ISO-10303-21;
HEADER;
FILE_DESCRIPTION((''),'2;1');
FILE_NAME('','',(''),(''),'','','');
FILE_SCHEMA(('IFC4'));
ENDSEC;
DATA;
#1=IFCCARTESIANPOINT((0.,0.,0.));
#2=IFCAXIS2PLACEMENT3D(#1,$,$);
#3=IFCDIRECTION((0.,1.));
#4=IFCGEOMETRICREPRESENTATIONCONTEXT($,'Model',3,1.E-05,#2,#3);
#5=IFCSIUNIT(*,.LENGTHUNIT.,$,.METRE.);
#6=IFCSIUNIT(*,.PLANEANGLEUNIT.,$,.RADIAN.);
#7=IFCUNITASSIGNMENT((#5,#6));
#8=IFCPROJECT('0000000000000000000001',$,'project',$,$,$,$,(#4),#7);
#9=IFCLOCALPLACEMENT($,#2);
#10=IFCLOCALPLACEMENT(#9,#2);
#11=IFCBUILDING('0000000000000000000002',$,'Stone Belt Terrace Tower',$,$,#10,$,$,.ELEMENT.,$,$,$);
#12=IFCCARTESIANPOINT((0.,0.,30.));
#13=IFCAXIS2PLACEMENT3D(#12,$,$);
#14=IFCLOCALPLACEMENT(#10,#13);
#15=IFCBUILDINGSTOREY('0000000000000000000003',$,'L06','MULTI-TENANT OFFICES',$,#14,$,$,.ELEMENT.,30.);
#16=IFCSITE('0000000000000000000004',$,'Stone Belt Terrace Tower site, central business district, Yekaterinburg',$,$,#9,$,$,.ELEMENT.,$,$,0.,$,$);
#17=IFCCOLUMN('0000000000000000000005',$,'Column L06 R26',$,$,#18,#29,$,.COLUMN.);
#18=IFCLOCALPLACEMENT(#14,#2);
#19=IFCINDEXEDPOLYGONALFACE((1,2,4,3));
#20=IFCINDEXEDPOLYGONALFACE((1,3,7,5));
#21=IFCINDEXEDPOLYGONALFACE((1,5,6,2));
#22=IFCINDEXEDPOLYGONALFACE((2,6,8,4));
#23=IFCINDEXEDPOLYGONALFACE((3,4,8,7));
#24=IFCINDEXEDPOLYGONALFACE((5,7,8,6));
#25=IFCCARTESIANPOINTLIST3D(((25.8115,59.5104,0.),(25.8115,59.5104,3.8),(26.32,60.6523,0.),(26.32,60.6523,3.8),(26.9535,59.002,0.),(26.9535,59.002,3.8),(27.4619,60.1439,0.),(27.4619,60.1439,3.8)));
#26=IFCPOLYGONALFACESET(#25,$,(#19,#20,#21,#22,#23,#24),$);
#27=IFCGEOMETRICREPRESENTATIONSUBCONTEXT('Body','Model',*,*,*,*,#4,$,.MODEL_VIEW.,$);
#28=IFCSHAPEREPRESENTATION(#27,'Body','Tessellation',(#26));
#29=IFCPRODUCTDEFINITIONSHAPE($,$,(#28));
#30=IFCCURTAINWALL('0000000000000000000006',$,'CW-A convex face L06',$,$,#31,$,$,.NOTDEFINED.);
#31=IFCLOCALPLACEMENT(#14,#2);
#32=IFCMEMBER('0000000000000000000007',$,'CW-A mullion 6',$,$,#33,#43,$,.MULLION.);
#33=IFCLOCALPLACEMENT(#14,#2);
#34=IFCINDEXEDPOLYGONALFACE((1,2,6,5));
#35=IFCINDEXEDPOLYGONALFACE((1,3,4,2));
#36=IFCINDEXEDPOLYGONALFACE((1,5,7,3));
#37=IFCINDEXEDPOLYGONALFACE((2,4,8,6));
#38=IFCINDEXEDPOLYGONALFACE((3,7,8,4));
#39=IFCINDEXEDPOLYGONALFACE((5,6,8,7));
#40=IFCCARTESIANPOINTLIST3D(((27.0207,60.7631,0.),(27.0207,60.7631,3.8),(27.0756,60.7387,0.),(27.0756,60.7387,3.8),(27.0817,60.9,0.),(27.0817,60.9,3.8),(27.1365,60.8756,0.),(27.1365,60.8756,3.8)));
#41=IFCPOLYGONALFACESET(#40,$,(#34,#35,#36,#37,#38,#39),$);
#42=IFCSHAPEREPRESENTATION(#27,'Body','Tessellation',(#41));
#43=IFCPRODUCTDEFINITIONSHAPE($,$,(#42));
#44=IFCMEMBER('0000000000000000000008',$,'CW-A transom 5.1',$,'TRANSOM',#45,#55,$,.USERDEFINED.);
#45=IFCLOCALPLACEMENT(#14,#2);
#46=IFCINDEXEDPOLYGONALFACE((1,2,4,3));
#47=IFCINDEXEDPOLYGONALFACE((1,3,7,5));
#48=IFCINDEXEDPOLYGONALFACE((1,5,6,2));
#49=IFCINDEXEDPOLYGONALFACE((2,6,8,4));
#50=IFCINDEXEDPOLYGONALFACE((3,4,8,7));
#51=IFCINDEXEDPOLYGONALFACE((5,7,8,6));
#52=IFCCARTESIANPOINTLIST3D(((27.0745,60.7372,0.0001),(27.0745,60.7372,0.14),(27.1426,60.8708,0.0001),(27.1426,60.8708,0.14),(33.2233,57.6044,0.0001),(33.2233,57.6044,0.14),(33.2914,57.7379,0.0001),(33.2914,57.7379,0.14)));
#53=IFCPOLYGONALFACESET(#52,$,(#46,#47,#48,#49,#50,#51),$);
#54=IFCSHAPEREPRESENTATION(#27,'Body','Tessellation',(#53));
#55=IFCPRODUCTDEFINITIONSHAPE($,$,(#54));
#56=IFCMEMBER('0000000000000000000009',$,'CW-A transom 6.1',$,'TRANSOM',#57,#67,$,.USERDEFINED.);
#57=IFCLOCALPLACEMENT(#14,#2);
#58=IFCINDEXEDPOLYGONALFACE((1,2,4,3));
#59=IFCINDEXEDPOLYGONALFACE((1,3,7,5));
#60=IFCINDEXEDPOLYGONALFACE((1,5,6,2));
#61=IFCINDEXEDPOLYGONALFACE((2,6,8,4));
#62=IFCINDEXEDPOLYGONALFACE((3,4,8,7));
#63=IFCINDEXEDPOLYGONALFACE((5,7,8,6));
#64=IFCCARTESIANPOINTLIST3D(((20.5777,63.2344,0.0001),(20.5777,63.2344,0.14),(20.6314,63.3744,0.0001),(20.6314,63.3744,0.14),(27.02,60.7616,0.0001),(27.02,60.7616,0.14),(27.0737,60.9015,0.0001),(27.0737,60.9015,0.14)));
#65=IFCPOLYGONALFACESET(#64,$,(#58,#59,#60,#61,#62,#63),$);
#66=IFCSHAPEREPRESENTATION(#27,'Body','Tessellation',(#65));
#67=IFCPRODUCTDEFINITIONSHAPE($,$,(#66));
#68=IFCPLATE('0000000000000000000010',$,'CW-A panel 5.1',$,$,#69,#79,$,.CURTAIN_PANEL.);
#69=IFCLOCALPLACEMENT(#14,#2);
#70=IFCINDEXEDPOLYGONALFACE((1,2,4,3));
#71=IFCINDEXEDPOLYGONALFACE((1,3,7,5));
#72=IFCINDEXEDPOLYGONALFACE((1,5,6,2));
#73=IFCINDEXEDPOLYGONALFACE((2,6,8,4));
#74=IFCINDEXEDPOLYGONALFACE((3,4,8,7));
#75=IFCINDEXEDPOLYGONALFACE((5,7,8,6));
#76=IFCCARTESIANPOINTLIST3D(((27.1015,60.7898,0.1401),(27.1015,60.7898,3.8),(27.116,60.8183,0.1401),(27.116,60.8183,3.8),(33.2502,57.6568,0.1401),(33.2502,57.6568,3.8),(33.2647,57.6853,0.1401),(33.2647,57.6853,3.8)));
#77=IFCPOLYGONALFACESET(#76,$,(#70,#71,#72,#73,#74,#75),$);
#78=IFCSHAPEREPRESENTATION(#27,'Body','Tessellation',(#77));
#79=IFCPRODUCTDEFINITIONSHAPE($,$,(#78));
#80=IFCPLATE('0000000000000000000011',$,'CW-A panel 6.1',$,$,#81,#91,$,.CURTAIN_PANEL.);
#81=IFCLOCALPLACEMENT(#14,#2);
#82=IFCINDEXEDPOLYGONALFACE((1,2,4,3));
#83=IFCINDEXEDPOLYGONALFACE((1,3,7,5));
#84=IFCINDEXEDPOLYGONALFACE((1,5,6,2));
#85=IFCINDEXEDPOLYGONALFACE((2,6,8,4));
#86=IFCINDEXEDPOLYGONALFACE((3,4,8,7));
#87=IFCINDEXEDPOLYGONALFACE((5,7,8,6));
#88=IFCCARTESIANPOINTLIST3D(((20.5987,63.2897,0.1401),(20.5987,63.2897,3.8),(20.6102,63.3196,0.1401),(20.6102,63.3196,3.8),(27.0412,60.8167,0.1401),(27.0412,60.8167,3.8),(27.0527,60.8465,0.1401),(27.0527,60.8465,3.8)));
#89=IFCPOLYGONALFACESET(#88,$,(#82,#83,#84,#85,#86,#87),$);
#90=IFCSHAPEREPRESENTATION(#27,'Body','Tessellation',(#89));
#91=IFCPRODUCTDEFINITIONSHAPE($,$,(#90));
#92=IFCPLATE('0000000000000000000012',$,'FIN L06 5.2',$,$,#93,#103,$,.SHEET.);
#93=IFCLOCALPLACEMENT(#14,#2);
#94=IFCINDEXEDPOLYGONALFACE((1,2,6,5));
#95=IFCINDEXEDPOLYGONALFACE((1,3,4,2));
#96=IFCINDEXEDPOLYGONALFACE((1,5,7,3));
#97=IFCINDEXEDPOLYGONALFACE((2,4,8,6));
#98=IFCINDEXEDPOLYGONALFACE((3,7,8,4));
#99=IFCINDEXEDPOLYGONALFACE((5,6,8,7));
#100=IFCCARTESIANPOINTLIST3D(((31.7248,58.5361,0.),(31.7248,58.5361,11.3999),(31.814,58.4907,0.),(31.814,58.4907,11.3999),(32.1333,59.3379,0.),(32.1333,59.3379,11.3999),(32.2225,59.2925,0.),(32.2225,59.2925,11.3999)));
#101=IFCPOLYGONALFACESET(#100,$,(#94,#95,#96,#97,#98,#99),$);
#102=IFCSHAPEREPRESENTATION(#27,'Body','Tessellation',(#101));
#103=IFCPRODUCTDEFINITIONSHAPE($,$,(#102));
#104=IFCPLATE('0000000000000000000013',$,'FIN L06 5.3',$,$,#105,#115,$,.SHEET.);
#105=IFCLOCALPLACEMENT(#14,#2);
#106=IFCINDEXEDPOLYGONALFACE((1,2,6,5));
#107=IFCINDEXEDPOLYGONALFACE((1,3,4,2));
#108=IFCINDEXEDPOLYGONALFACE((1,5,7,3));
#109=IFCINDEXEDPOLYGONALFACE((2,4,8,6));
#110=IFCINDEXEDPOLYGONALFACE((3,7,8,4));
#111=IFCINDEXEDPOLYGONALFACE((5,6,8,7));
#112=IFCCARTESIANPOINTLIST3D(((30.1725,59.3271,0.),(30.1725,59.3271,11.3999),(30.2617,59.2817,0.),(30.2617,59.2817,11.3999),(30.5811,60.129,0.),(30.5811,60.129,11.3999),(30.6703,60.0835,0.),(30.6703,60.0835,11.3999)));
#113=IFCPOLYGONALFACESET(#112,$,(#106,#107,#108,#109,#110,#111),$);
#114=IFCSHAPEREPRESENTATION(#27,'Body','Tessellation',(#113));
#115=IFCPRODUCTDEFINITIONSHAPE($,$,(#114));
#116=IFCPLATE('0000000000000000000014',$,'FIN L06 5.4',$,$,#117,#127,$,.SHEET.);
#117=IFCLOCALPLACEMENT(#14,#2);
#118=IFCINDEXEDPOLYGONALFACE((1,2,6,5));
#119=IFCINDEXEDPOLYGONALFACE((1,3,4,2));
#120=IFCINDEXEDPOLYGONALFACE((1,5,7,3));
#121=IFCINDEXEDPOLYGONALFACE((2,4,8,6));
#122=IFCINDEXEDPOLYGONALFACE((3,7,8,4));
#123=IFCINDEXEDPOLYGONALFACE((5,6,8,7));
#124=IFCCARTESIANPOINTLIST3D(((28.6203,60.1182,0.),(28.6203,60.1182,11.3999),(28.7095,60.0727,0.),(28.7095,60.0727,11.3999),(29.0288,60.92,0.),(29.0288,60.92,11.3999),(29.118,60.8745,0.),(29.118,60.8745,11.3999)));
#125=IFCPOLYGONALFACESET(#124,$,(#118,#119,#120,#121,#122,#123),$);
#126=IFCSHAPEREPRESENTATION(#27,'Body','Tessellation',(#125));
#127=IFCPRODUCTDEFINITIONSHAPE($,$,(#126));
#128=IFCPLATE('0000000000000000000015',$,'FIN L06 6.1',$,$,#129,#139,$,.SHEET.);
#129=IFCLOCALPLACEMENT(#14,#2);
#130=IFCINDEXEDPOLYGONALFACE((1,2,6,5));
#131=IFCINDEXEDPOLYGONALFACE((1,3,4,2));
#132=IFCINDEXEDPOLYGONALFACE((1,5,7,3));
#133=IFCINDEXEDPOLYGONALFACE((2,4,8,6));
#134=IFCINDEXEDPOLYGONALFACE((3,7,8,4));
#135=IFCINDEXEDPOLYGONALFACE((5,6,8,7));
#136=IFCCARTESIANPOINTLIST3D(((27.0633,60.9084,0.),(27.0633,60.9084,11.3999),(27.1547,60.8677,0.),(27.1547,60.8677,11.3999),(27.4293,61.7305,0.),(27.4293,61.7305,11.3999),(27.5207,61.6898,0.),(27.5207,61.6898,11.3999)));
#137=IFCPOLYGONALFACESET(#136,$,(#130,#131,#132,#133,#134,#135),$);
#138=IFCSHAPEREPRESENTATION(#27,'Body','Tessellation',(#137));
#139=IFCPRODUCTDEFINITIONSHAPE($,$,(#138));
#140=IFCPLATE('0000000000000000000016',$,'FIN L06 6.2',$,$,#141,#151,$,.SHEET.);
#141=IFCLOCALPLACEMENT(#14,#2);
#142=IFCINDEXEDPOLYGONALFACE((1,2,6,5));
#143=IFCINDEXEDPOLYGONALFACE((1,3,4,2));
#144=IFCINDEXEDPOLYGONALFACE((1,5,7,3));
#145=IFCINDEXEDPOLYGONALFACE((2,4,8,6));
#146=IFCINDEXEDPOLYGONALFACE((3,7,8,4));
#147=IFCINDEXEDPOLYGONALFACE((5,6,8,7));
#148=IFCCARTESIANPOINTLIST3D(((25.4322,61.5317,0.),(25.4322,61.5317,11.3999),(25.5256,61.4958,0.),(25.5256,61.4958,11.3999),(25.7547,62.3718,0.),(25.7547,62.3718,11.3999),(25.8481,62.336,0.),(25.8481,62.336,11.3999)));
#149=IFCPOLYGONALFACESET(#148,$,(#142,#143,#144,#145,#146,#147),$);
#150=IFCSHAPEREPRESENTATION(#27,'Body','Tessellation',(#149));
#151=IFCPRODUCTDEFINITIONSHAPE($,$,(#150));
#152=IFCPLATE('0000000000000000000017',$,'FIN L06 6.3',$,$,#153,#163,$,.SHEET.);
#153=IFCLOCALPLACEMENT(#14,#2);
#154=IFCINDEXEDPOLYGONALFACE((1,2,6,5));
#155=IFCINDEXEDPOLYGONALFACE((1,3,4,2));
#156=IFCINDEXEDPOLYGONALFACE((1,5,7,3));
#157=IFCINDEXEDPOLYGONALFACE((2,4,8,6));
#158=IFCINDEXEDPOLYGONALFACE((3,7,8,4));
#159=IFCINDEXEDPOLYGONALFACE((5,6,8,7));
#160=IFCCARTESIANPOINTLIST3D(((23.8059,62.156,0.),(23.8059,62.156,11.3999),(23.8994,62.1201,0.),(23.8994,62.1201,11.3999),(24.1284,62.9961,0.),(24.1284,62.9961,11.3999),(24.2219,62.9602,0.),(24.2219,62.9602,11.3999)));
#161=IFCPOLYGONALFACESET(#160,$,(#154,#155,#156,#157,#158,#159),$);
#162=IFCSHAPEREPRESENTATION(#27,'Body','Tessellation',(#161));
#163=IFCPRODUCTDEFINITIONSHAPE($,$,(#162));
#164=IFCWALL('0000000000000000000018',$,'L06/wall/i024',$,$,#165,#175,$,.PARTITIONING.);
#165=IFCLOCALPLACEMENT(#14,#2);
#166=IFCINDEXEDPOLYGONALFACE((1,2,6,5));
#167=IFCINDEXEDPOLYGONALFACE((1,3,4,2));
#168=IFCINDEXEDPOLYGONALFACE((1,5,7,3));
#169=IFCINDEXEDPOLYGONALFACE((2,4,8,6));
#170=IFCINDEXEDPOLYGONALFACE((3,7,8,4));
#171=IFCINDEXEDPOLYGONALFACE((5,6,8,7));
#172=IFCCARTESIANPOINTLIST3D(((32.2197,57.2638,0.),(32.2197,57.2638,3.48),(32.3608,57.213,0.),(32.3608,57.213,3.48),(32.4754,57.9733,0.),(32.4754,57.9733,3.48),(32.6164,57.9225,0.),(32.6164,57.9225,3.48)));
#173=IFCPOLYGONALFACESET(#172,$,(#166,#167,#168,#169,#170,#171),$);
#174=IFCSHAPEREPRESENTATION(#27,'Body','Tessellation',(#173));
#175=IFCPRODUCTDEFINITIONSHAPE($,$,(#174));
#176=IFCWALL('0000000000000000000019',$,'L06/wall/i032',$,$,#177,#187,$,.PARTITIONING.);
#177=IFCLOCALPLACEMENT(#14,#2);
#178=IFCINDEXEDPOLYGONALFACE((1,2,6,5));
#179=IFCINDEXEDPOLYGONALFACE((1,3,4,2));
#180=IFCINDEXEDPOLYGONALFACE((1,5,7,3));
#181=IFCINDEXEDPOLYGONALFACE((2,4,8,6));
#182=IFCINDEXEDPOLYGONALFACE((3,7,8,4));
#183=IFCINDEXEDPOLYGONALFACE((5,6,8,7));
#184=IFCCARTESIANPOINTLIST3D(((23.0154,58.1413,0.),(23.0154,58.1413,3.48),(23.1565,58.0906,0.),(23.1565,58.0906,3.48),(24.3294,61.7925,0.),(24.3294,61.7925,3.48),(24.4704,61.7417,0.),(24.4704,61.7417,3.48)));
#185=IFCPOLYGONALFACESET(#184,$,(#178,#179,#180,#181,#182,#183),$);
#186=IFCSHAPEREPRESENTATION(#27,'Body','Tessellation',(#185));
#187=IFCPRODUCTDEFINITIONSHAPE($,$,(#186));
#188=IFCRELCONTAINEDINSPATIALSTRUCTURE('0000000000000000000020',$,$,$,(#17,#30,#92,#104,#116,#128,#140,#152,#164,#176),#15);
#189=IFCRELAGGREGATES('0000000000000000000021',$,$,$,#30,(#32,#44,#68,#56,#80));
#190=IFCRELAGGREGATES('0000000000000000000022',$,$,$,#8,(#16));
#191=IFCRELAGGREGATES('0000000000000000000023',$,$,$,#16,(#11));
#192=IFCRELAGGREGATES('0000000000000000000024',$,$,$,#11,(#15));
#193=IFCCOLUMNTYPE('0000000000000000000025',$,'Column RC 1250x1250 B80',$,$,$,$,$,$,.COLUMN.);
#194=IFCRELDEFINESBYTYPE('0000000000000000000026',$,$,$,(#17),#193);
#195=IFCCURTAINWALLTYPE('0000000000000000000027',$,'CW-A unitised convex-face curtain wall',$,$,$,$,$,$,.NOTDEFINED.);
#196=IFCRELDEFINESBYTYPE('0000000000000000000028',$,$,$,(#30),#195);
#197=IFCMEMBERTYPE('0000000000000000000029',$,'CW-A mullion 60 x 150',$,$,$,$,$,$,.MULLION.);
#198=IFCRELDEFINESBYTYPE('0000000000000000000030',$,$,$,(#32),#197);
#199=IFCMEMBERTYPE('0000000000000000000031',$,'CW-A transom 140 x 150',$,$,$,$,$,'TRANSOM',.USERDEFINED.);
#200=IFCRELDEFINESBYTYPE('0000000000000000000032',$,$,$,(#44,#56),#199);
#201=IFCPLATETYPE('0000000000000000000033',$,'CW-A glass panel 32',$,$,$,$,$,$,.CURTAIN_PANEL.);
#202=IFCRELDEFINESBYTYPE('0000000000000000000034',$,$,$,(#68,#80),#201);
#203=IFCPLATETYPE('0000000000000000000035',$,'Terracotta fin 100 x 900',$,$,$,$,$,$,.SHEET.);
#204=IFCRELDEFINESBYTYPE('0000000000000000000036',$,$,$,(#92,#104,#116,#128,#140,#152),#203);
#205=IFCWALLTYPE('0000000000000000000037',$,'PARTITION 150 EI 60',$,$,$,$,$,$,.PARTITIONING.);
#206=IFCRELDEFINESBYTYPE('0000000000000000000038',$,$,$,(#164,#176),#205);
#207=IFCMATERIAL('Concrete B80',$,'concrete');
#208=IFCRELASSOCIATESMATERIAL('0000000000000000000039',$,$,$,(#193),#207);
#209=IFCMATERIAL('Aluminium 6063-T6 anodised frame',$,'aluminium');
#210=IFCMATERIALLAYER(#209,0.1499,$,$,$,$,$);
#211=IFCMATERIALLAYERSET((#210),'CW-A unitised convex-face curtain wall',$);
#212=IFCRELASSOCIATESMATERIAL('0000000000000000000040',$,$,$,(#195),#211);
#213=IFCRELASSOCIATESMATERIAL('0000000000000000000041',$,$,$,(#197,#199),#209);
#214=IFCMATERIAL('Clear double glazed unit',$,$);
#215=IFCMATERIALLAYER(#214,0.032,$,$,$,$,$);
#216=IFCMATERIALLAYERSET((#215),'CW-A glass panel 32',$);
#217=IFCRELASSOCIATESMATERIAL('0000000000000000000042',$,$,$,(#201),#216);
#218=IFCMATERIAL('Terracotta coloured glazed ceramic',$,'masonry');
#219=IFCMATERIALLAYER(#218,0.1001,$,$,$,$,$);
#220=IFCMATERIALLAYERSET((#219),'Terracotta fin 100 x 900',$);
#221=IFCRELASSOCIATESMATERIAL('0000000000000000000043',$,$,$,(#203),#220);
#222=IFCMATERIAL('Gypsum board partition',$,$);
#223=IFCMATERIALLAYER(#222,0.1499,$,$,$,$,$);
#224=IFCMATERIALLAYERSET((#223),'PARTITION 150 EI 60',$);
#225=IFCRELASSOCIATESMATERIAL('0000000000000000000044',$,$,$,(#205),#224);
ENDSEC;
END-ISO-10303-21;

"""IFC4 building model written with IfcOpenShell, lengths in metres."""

from ifc_helpers import new_model, si_unit, direction, frame, frame_2d, origin, origin_2d, place, context, subcontext, project, spatial, rectangle, extrude, material, layer, layer_set, material_profile, profile_set, type_object, element, aggregate, save


model = new_model("IFC4")

# Units and contexts
model_context = context("Model", 3, precision=1e-05, world=origin(), true_north=direction((0.0, 1.0)))
body_context = subcontext(model_context, "Body", "Model", "MODEL_VIEW")
ifc_project = project(units=[si_unit("LENGTHUNIT", "METRE"), si_unit("PLANEANGLEUNIT", "RADIAN")], contexts=[model_context])

# Site, building, storey
site_placement = place(None, origin())
site = spatial("IfcSite", under=ifc_project, at=site_placement, Name="Stone Belt Terrace Tower site, central business district, Yekaterinburg", CompositionType="ELEMENT", RefElevation=0.0)
building_placement = place(site_placement, origin())
building = spatial("IfcBuilding", under=site, at=building_placement, Name="Stone Belt Terrace Tower", CompositionType="ELEMENT")
storey_placement = place(building_placement, frame((0.0, 0.0, 30.0)))
storey = spatial("IfcBuildingStorey", under=building, at=storey_placement, Name="L06", Description="MULTI-TENANT OFFICES", CompositionType="ELEMENT", Elevation=30.0)

# Column
ifc_material_1 = material(Name="Concrete B80", Category="concrete")
ifc_material_profile_1 = material_profile(ifc_material_1, rectangle(XDim=1.25, YDim=1.25, at=origin_2d()), Name="RC 1250x1250")
ifc_profile_set_1 = profile_set([ifc_material_profile_1], Name="Concrete B80")
column_type = type_object("IfcColumnType", Name="Column RC 1250x1250 B80", PredefinedType="COLUMN", material=ifc_profile_set_1)
column_placement = place(storey_placement, frame((26.6367, 59.8271, 0.0), z_axis=(0.0, 0.0, 1.0), x_axis=(0.913545, -0.406737, 0.0)))
element("IfcColumn", 1, at=column_placement, inside=storey, type_object=column_type, Name="Column L06 R26", PredefinedType="COLUMN", context=body_context, shape_type="SweptSolid", body=[
    extrude(rectangle(XDim=1.25, YDim=1.25, at=origin_2d()), origin(), (0.0, 0.0, 1.0), 3.8),
])

# Curtain wall, members, plates
ifc_material_2 = material(Name="Aluminium 6063-T6 anodised frame", Category="aluminium")
ifc_layer_1 = layer(ifc_material_2, 0.1499)
ifc_layer_set_1 = layer_set([ifc_layer_1], Name="CW-A unitised convex-face curtain wall")
curtain_wall_type = type_object("IfcCurtainWallType", Name="CW-A unitised convex-face curtain wall", PredefinedType="NOTDEFINED", material=ifc_layer_set_1)
curtain_wall_placement = place(storey_placement, origin())
curtain_wall = element("IfcCurtainWall", 2, at=curtain_wall_placement, inside=storey, type_object=curtain_wall_type, Name="CW-A convex face L06", PredefinedType="NOTDEFINED")
ifc_material_profile_2 = material_profile(ifc_material_2, rectangle(XDim=0.1499, YDim=0.0601, at=origin_2d()), Name="Aluminium 6063-T6 60x150")
ifc_profile_set_2 = profile_set([ifc_material_profile_2], Name="Aluminium 6063-T6 anodised frame")
member_type_1 = type_object("IfcMemberType", Name="CW-A mullion 60 x 150", PredefinedType="MULLION", material=ifc_profile_set_2)
member_1_placement = place(storey_placement, frame((27.0786, 60.8193, 0.0), z_axis=(0.0, 0.0, 1.0), x_axis=(-0.406737, -0.913545, 0.0)))
member_1 = element("IfcMember", 3, at=member_1_placement, type_object=member_type_1, Name="CW-A mullion 6", PredefinedType="MULLION", context=body_context, shape_type="SweptSolid", body=[
    extrude(rectangle(XDim=0.1499, YDim=0.0601, at=origin_2d()), origin(), (0.0, 0.0, 1.0), 3.8),
])
ifc_material_profile_3 = material_profile(ifc_material_2, rectangle(XDim=0.1499, YDim=0.1399, at=origin_2d()), Name="Aluminium 6063-T6 150x140")
ifc_profile_set_3 = profile_set([ifc_material_profile_3], Name="Aluminium 6063-T6 anodised frame")
member_type_2 = type_object("IfcMemberType", Name="CW-A transom 140 x 150", ElementType="TRANSOM", PredefinedType="USERDEFINED", material=ifc_profile_set_3)
member_2_placement = place(storey_placement, frame((33.2573, 57.6711, 0.0701), z_axis=(-0.891012, 0.453979, 0.0), x_axis=(-0.453979, -0.891012, 0.0)))
member_2 = element("IfcMember", 4, at=member_2_placement, type_object=member_type_2, Name="CW-A transom 5.1", ObjectType="TRANSOM", PredefinedType="USERDEFINED", context=body_context, shape_type="SweptSolid", body=[
    extrude(rectangle(XDim=0.1499, YDim=0.1399, at=origin_2d()), origin(), (0.0, 0.0, 1.0), 6.9009),
])
member_3_placement = place(storey_placement, frame((27.0469, 60.8315, 0.0701), z_axis=(-0.933585, 0.358355, 0.0), x_axis=(-0.358355, -0.933585, 0.0)))
member_3 = element("IfcMember", 5, at=member_3_placement, type_object=member_type_2, Name="CW-A transom 6.1", ObjectType="TRANSOM", PredefinedType="USERDEFINED", context=body_context, shape_type="SweptSolid", body=[
    extrude(rectangle(XDim=0.1499, YDim=0.1399, at=origin_2d()), origin(), (0.0, 0.0, 1.0), 6.9006),
])
ifc_material_3 = material(Name="Clear double glazed unit")
ifc_layer_2 = layer(ifc_material_3, 0.032)
ifc_layer_set_2 = layer_set([ifc_layer_2], Name="CW-A glass panel 32")
plate_type_1 = type_object("IfcPlateType", Name="CW-A glass panel 32", PredefinedType="CURTAIN_PANEL", material=ifc_layer_set_2)
plate_1_placement = place(storey_placement, frame((30.1831, 59.2375, 0.1401), z_axis=(0.0, 0.0, 1.0), x_axis=(-0.891007, 0.45399, 0.0)))
plate_1 = element("IfcPlate", 6, at=plate_1_placement, type_object=plate_type_1, Name="CW-A panel 5.1", PredefinedType="CURTAIN_PANEL", context=body_context, shape_type="SweptSolid", body=[
    extrude(rectangle(XDim=6.9009, YDim=0.032, at=origin_2d()), origin(), (0.0, 0.0, 1.0), 3.6599),
])
plate_2_placement = place(storey_placement, frame((23.8257, 62.0681, 0.1401), z_axis=(0.0, 0.0, 1.0), x_axis=(-0.93358, 0.358368, 0.0)))
plate_2 = element("IfcPlate", 7, at=plate_2_placement, type_object=plate_type_1, Name="CW-A panel 6.1", PredefinedType="CURTAIN_PANEL", context=body_context, shape_type="SweptSolid", body=[
    extrude(rectangle(XDim=6.9009, YDim=0.032, at=origin_2d()), origin(), (0.0, 0.0, 1.0), 3.6599),
])
aggregate(curtain_wall, [member_1, member_2, plate_1, member_3, plate_2])

# Plates
ifc_material_4 = material(Name="Terracotta coloured glazed ceramic", Category="masonry")
ifc_layer_3 = layer(ifc_material_4, 0.1001)
ifc_layer_set_3 = layer_set([ifc_layer_3], Name="Terracotta fin 100 x 900")
plate_type_2 = type_object("IfcPlateType", Name="Terracotta fin 100 x 900", PredefinedType="SHEET", material=ifc_layer_set_3)
for number, where, z_axis, x_axis, name in (
    (8, (31.9736, 58.9143, 0.0), (0.0, 0.0, 1.0), (0.45399, 0.891007, 0.0), "FIN L06 5.2"),
    (9, (30.4214, 59.7053, 0.0), (0.0, 0.0, 1.0), (0.45399, 0.891007, 0.0), "FIN L06 5.3"),
    (10, (28.8691, 60.4963, 0.0), (0.0, 0.0, 1.0), (0.45399, 0.891007, 0.0), "FIN L06 5.4"),
    (11, (27.292, 61.2991, 0.0), (0.0, 0.0, 1.0), (0.406737, 0.913545, 0.0), "FIN L06 6.1"),
    (12, (25.6401, 61.9338, 0.0), (0.0, 0.0, 1.0), (0.358368, 0.93358, 0.0), "FIN L06 6.2"),
    (13, (24.0139, 62.5581, 0.0), (0.0, 0.0, 1.0), (0.358368, 0.93358, 0.0), "FIN L06 6.3"),
):
    element("IfcPlate", number, at=place(storey_placement, frame(where, z_axis=z_axis, x_axis=x_axis)), inside=storey, type_object=plate_type_2, Name=name, PredefinedType="SHEET", context=body_context, shape_type="SweptSolid", body=[
        extrude(rectangle(XDim=0.8999, YDim=0.1001, at=origin_2d()), origin(), (0.0, 0.0, 1.0), 11.3999),
    ])

# Walls
ifc_material_5 = material(Name="Gypsum board partition")
ifc_layer_4 = layer(ifc_material_5, 0.1499)
ifc_layer_set_4 = layer_set([ifc_layer_4], Name="PARTITION 150 EI 60")
wall_type = type_object("IfcWallType", Name="PARTITION 150 EI 60", PredefinedType="PARTITIONING", material=ifc_layer_set_4)
wall_1_placement = place(storey_placement, frame((32.2903, 57.2385, 0.0), z_axis=(0.0, 0.0, 1.0), x_axis=(0.33896, 0.940801, 0.0)))
element("IfcWall", 14, at=wall_1_placement, inside=storey, type_object=wall_type, Name="L06/wall/i024", PredefinedType="PARTITIONING", context=body_context, shape_type="SweptSolid", body=[
    extrude(rectangle(XDim=0.7542, YDim=0.1499, at=frame_2d((0.377, 0.0))), origin(), (0.0, 0.0, 1.0), 3.48),
])
wall_2_placement = place(storey_placement, frame((24.3999, 61.7671, 0.0), z_axis=(0.0, 0.0, 1.0), x_axis=(-0.338619, -0.940923, 0.0)))
element("IfcWall", 15, at=wall_2_placement, inside=storey, type_object=wall_type, Name="L06/wall/i032", PredefinedType="PARTITIONING", context=body_context, shape_type="SweptSolid", body=[
    extrude(rectangle(XDim=3.8804, YDim=0.1499, at=frame_2d((1.9402, 0.0))), origin(), (0.0, 0.0, 1.0), 3.48),
])

save(model, "model.ifc")
